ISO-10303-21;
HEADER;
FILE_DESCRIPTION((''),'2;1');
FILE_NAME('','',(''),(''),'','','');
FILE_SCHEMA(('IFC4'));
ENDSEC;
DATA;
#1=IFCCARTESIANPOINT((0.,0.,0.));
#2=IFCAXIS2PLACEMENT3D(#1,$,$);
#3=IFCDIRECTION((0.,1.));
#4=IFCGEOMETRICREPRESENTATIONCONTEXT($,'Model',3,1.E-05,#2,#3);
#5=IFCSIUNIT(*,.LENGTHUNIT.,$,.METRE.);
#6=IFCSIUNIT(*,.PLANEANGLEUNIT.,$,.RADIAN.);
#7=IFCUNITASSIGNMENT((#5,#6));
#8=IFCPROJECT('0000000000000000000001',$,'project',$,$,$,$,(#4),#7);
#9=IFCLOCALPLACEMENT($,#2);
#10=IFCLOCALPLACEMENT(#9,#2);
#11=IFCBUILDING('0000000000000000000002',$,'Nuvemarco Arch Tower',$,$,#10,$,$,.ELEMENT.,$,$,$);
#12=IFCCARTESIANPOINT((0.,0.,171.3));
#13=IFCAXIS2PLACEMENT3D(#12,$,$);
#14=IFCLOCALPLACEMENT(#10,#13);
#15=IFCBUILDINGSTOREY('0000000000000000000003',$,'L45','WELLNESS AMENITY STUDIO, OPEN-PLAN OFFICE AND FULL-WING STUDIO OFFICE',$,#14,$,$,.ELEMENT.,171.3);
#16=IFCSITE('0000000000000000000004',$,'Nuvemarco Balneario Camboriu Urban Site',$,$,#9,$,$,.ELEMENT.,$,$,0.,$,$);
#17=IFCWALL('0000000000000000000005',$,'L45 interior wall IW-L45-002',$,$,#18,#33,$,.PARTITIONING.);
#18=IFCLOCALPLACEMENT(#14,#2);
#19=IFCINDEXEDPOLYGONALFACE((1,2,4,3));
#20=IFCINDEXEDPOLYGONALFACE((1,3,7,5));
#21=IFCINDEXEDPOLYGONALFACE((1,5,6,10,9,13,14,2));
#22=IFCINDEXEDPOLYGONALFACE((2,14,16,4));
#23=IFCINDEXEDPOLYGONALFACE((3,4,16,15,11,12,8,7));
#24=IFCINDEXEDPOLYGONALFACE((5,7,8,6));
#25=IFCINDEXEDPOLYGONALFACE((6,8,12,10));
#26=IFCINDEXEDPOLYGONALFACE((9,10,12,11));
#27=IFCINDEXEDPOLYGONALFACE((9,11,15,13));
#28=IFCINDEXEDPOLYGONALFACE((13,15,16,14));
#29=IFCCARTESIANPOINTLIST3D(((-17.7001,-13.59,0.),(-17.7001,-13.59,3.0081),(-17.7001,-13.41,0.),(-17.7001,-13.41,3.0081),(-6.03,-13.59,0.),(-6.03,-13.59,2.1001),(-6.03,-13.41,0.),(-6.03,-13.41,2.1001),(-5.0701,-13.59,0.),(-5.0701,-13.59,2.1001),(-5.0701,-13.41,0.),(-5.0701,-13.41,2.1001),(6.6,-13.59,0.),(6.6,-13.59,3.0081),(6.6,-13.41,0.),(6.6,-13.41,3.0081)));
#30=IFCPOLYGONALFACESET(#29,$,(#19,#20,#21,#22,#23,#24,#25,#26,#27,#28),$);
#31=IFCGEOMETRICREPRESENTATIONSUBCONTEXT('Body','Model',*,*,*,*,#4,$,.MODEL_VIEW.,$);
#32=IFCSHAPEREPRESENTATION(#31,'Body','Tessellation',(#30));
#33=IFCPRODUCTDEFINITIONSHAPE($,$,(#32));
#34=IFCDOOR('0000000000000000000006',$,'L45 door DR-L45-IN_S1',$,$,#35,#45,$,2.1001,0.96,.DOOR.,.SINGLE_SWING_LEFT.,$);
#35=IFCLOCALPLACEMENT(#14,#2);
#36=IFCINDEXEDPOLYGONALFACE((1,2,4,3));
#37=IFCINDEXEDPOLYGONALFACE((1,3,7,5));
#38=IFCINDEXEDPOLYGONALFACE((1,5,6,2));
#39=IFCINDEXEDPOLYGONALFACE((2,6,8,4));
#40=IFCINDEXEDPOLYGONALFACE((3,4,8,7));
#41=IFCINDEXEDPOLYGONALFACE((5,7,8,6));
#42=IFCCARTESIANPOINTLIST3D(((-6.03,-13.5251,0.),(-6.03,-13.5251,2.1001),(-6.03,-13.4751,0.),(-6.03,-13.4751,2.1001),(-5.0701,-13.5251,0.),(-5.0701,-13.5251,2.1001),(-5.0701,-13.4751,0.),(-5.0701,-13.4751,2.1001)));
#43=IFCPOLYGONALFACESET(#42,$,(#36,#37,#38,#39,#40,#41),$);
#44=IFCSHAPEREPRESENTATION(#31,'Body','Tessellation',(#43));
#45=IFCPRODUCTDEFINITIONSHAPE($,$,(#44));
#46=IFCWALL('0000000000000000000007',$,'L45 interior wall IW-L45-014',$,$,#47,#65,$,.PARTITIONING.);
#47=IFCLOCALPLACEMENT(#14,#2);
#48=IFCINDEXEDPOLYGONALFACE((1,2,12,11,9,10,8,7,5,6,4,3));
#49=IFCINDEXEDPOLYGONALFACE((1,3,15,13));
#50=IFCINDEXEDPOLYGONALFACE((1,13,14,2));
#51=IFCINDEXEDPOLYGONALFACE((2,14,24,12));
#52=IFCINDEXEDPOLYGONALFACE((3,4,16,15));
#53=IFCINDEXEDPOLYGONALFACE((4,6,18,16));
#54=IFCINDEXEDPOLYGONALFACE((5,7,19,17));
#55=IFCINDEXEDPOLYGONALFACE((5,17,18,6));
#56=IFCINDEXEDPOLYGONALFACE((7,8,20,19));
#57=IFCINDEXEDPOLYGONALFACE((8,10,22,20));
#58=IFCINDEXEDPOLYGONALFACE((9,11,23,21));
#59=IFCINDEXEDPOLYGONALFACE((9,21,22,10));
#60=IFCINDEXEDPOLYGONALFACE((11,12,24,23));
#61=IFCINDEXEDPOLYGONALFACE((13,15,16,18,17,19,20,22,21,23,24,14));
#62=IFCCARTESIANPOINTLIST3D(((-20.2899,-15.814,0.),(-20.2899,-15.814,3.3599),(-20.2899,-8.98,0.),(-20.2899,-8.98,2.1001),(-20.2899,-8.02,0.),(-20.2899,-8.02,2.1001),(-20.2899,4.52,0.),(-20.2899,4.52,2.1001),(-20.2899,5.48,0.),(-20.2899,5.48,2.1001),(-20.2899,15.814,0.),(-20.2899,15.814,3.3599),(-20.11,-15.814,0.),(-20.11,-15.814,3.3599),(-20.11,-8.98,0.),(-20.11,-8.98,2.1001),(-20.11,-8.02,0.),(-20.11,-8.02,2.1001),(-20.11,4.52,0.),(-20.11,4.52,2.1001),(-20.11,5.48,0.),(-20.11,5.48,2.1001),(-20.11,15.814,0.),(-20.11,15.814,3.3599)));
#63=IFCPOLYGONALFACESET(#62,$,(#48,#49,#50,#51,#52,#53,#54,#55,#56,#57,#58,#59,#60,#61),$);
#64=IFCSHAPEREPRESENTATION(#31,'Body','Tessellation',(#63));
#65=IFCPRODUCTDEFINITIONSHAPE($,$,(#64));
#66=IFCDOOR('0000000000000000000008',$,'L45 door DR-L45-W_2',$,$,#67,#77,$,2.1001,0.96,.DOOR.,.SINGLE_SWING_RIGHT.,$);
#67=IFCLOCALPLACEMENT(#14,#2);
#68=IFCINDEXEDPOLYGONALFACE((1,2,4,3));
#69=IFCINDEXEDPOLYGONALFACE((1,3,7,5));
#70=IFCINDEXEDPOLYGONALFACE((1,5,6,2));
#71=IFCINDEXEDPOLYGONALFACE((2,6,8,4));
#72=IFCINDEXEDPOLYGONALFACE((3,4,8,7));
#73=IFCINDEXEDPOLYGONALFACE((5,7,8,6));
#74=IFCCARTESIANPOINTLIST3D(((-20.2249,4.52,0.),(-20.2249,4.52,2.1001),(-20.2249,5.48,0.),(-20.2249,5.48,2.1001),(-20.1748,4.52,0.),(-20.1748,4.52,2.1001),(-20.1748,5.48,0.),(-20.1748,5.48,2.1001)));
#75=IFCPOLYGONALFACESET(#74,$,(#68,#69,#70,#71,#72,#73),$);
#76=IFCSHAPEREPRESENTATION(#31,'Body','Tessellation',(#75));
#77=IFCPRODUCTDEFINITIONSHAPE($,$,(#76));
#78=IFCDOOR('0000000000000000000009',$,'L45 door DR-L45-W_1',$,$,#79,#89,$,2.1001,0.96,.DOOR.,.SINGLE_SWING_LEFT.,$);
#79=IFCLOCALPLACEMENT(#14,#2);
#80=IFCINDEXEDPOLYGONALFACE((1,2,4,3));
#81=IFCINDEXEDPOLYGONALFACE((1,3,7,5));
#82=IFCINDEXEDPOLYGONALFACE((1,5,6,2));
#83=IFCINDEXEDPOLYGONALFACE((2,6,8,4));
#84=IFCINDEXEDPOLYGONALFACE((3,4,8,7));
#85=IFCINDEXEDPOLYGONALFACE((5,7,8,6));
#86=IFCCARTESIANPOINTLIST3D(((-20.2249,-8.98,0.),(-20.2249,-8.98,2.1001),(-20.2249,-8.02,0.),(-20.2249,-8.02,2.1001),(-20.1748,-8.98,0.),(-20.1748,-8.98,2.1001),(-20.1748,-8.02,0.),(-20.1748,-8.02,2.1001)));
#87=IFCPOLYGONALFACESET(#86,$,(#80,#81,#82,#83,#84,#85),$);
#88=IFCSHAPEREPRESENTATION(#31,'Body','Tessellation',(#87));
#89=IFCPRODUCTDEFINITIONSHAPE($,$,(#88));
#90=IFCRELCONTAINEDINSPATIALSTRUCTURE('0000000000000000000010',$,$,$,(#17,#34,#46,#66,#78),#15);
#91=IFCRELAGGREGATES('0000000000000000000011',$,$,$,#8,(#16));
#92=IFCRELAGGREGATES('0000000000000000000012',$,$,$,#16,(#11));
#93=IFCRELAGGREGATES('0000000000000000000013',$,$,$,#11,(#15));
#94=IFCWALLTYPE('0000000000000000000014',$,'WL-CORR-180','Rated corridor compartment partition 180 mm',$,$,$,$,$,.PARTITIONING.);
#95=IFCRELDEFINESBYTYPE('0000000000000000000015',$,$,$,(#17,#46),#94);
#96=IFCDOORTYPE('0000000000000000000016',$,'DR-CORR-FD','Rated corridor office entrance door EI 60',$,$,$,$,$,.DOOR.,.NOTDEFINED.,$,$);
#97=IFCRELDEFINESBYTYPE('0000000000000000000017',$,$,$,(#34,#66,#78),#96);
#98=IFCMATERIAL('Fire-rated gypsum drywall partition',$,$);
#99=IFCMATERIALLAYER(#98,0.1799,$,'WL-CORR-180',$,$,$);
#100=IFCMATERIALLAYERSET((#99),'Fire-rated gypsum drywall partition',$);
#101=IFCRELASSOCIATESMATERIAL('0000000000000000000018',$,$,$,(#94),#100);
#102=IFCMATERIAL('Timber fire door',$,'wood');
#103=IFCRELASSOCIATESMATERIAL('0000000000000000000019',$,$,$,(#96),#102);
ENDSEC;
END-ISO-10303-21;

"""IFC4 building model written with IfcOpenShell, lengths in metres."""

from ifc_helpers import new_model, si_unit, direction, frame, frame_2d, origin, place, context, subcontext, project, spatial, rectangle, extrude, source, transform, mapped, material, layer, layer_set, type_object, type_shapes, element, fill, save


model = new_model("IFC4")

# Units and contexts
model_context = context("Model", 3, precision=1e-05, world=origin(), true_north=direction((0.0, 1.0)))
body_context = subcontext(model_context, "Body", "Model", "MODEL_VIEW")
ifc_project = project(units=[si_unit("LENGTHUNIT", "METRE"), si_unit("PLANEANGLEUNIT", "RADIAN")], contexts=[model_context])

# Site, building, storey
site_placement = place(None, origin())
site = spatial("IfcSite", under=ifc_project, at=site_placement, Name="Nuvemarco Balneario Camboriu Urban Site", CompositionType="ELEMENT", RefElevation=0.0)
building_placement = place(site_placement, origin())
building = spatial("IfcBuilding", under=site, at=building_placement, Name="Nuvemarco Arch Tower", CompositionType="ELEMENT")
storey_placement = place(building_placement, frame((0.0, 0.0, 171.3)))
storey = spatial("IfcBuildingStorey", under=building, at=storey_placement, Name="L45", Description="WELLNESS AMENITY STUDIO, OPEN-PLAN OFFICE AND FULL-WING STUDIO OFFICE", CompositionType="ELEMENT", Elevation=171.3)

# Shared definitions
ifc_material_1 = material(Name="Fire-rated gypsum drywall partition")
ifc_layer = layer(ifc_material_1, 0.1799, Name="WL-CORR-180")
ifc_layer_set = layer_set([ifc_layer], Name="Fire-rated gypsum drywall partition")
wall_type = type_object("IfcWallType", Name="WL-CORR-180", Description="Rated corridor compartment partition 180 mm", PredefinedType="PARTITIONING", material=ifc_layer_set)
ifc_material_2 = material(Name="Timber fire door", Category="wood")
door_type = type_object("IfcDoorType", Name="DR-CORR-FD", Description="Rated corridor office entrance door EI 60", OperationType="NOTDEFINED", PredefinedType="DOOR", material=ifc_material_2)
shared_shape = source(origin(), body_context, "Body", "SweptSolid", [
    extrude(rectangle(XDim=0.96, YDim=2.1001, at=frame_2d((0.48, 1.05))), frame((0.0, 0.0249, 0.0), z_axis=(0.0, -1.0, 0.0), x_axis=(1.0, 0.0, 0.0)), (0.0, 0.0, 1.0), 0.05),
])
type_shapes(door_type, [shared_shape])

# Wall, opening, door
wall_1_placement = place(storey_placement, frame((-17.7, -13.5, 0.0), z_axis=(0.0, 0.0, 1.0), x_axis=(1.0, 0.0, 0.0)))
wall_1 = element("IfcWall", 1, at=wall_1_placement, inside=storey, type_object=wall_type, Name="L45 interior wall IW-L45-002", PredefinedType="PARTITIONING", context=body_context, shape_type="SweptSolid", body=[
    extrude(rectangle(XDim=24.3, YDim=0.1799, at=frame_2d((12.1499, 0.0))), origin(), (0.0, 0.0, 1.0), 3.0081),
])
opening_1_placement = place(wall_1_placement, frame((11.6699, 0.0, 0.0)))
opening_1 = element("IfcOpeningElement", 2, at=opening_1_placement, cuts=wall_1, PredefinedType="OPENING", context=body_context, shape_type="SweptSolid", body=[
    extrude(rectangle(XDim=0.96, YDim=2.1001, at=frame_2d((0.48, 1.05))), frame((0.0, 0.0999, 0.0), z_axis=(0.0, -1.0, 0.0), x_axis=(1.0, 0.0, 0.0)), (0.0, 0.0, 1.0), 0.2),
])
door_1_placement = place(opening_1_placement, origin())
door_1 = element("IfcDoor", 3, at=door_1_placement, inside=storey, type_object=door_type, Name="L45 door DR-L45-IN_S1", OperationType="SINGLE_SWING_LEFT", OverallHeight=2.1001, OverallWidth=0.96, PredefinedType="DOOR", context=body_context, shape_type="MappedRepresentation", body=[
    mapped(shared_shape, transform((0.0, 0.0, 0.0), scale=1.0)),
])
fill(opening_1, door_1)

# Wall, openings, doors
wall_2_placement = place(storey_placement, frame((-20.2, -15.814, 0.0), z_axis=(0.0, 0.0, 1.0), x_axis=(0.0, 1.0, 0.0)))
wall_2 = element("IfcWall", 4, at=wall_2_placement, inside=storey, type_object=wall_type, Name="L45 interior wall IW-L45-014", PredefinedType="PARTITIONING", context=body_context, shape_type="SweptSolid", body=[
    extrude(rectangle(XDim=31.6279, YDim=0.1799, at=frame_2d((15.814, 0.0))), origin(), (0.0, 0.0, 1.0), 3.3599),
])
opening_2_placement = place(wall_2_placement, frame((20.334, 0.0, 0.0)))
opening_2 = element("IfcOpeningElement", 5, at=opening_2_placement, cuts=wall_2, PredefinedType="OPENING", context=body_context, shape_type="SweptSolid", body=[
    extrude(rectangle(XDim=0.96, YDim=2.1001, at=frame_2d((0.48, 1.05))), frame((0.0, 0.0999, 0.0), z_axis=(0.0, -1.0, 0.0), x_axis=(1.0, 0.0, 0.0)), (0.0, 0.0, 1.0), 0.2),
])
opening_3_placement = place(wall_2_placement, frame((6.834, 0.0, 0.0)))
opening_3 = element("IfcOpeningElement", 6, at=opening_3_placement, cuts=wall_2, PredefinedType="OPENING", context=body_context, shape_type="SweptSolid", body=[
    extrude(rectangle(XDim=0.96, YDim=2.1001, at=frame_2d((0.48, 1.05))), frame((0.0, 0.0999, 0.0), z_axis=(0.0, -1.0, 0.0), x_axis=(1.0, 0.0, 0.0)), (0.0, 0.0, 1.0), 0.2),
])
door_2_placement = place(opening_2_placement, origin())
door_2 = element("IfcDoor", 7, at=door_2_placement, inside=storey, type_object=door_type, Name="L45 door DR-L45-W_2", OperationType="SINGLE_SWING_RIGHT", OverallHeight=2.1001, OverallWidth=0.96, PredefinedType="DOOR", context=body_context, shape_type="MappedRepresentation", body=[
    mapped(shared_shape, transform((0.0, 0.0, 0.0), scale=1.0)),
])
fill(opening_2, door_2)
door_3_placement = place(opening_3_placement, origin())
door_3 = element("IfcDoor", 8, at=door_3_placement, inside=storey, type_object=door_type, Name="L45 door DR-L45-W_1", OperationType="SINGLE_SWING_LEFT", OverallHeight=2.1001, OverallWidth=0.96, PredefinedType="DOOR", context=body_context, shape_type="MappedRepresentation", body=[
    mapped(shared_shape, transform((0.0, 0.0, 0.0), scale=1.0)),
])
fill(opening_3, door_3)

save(model, "model.ifc")
